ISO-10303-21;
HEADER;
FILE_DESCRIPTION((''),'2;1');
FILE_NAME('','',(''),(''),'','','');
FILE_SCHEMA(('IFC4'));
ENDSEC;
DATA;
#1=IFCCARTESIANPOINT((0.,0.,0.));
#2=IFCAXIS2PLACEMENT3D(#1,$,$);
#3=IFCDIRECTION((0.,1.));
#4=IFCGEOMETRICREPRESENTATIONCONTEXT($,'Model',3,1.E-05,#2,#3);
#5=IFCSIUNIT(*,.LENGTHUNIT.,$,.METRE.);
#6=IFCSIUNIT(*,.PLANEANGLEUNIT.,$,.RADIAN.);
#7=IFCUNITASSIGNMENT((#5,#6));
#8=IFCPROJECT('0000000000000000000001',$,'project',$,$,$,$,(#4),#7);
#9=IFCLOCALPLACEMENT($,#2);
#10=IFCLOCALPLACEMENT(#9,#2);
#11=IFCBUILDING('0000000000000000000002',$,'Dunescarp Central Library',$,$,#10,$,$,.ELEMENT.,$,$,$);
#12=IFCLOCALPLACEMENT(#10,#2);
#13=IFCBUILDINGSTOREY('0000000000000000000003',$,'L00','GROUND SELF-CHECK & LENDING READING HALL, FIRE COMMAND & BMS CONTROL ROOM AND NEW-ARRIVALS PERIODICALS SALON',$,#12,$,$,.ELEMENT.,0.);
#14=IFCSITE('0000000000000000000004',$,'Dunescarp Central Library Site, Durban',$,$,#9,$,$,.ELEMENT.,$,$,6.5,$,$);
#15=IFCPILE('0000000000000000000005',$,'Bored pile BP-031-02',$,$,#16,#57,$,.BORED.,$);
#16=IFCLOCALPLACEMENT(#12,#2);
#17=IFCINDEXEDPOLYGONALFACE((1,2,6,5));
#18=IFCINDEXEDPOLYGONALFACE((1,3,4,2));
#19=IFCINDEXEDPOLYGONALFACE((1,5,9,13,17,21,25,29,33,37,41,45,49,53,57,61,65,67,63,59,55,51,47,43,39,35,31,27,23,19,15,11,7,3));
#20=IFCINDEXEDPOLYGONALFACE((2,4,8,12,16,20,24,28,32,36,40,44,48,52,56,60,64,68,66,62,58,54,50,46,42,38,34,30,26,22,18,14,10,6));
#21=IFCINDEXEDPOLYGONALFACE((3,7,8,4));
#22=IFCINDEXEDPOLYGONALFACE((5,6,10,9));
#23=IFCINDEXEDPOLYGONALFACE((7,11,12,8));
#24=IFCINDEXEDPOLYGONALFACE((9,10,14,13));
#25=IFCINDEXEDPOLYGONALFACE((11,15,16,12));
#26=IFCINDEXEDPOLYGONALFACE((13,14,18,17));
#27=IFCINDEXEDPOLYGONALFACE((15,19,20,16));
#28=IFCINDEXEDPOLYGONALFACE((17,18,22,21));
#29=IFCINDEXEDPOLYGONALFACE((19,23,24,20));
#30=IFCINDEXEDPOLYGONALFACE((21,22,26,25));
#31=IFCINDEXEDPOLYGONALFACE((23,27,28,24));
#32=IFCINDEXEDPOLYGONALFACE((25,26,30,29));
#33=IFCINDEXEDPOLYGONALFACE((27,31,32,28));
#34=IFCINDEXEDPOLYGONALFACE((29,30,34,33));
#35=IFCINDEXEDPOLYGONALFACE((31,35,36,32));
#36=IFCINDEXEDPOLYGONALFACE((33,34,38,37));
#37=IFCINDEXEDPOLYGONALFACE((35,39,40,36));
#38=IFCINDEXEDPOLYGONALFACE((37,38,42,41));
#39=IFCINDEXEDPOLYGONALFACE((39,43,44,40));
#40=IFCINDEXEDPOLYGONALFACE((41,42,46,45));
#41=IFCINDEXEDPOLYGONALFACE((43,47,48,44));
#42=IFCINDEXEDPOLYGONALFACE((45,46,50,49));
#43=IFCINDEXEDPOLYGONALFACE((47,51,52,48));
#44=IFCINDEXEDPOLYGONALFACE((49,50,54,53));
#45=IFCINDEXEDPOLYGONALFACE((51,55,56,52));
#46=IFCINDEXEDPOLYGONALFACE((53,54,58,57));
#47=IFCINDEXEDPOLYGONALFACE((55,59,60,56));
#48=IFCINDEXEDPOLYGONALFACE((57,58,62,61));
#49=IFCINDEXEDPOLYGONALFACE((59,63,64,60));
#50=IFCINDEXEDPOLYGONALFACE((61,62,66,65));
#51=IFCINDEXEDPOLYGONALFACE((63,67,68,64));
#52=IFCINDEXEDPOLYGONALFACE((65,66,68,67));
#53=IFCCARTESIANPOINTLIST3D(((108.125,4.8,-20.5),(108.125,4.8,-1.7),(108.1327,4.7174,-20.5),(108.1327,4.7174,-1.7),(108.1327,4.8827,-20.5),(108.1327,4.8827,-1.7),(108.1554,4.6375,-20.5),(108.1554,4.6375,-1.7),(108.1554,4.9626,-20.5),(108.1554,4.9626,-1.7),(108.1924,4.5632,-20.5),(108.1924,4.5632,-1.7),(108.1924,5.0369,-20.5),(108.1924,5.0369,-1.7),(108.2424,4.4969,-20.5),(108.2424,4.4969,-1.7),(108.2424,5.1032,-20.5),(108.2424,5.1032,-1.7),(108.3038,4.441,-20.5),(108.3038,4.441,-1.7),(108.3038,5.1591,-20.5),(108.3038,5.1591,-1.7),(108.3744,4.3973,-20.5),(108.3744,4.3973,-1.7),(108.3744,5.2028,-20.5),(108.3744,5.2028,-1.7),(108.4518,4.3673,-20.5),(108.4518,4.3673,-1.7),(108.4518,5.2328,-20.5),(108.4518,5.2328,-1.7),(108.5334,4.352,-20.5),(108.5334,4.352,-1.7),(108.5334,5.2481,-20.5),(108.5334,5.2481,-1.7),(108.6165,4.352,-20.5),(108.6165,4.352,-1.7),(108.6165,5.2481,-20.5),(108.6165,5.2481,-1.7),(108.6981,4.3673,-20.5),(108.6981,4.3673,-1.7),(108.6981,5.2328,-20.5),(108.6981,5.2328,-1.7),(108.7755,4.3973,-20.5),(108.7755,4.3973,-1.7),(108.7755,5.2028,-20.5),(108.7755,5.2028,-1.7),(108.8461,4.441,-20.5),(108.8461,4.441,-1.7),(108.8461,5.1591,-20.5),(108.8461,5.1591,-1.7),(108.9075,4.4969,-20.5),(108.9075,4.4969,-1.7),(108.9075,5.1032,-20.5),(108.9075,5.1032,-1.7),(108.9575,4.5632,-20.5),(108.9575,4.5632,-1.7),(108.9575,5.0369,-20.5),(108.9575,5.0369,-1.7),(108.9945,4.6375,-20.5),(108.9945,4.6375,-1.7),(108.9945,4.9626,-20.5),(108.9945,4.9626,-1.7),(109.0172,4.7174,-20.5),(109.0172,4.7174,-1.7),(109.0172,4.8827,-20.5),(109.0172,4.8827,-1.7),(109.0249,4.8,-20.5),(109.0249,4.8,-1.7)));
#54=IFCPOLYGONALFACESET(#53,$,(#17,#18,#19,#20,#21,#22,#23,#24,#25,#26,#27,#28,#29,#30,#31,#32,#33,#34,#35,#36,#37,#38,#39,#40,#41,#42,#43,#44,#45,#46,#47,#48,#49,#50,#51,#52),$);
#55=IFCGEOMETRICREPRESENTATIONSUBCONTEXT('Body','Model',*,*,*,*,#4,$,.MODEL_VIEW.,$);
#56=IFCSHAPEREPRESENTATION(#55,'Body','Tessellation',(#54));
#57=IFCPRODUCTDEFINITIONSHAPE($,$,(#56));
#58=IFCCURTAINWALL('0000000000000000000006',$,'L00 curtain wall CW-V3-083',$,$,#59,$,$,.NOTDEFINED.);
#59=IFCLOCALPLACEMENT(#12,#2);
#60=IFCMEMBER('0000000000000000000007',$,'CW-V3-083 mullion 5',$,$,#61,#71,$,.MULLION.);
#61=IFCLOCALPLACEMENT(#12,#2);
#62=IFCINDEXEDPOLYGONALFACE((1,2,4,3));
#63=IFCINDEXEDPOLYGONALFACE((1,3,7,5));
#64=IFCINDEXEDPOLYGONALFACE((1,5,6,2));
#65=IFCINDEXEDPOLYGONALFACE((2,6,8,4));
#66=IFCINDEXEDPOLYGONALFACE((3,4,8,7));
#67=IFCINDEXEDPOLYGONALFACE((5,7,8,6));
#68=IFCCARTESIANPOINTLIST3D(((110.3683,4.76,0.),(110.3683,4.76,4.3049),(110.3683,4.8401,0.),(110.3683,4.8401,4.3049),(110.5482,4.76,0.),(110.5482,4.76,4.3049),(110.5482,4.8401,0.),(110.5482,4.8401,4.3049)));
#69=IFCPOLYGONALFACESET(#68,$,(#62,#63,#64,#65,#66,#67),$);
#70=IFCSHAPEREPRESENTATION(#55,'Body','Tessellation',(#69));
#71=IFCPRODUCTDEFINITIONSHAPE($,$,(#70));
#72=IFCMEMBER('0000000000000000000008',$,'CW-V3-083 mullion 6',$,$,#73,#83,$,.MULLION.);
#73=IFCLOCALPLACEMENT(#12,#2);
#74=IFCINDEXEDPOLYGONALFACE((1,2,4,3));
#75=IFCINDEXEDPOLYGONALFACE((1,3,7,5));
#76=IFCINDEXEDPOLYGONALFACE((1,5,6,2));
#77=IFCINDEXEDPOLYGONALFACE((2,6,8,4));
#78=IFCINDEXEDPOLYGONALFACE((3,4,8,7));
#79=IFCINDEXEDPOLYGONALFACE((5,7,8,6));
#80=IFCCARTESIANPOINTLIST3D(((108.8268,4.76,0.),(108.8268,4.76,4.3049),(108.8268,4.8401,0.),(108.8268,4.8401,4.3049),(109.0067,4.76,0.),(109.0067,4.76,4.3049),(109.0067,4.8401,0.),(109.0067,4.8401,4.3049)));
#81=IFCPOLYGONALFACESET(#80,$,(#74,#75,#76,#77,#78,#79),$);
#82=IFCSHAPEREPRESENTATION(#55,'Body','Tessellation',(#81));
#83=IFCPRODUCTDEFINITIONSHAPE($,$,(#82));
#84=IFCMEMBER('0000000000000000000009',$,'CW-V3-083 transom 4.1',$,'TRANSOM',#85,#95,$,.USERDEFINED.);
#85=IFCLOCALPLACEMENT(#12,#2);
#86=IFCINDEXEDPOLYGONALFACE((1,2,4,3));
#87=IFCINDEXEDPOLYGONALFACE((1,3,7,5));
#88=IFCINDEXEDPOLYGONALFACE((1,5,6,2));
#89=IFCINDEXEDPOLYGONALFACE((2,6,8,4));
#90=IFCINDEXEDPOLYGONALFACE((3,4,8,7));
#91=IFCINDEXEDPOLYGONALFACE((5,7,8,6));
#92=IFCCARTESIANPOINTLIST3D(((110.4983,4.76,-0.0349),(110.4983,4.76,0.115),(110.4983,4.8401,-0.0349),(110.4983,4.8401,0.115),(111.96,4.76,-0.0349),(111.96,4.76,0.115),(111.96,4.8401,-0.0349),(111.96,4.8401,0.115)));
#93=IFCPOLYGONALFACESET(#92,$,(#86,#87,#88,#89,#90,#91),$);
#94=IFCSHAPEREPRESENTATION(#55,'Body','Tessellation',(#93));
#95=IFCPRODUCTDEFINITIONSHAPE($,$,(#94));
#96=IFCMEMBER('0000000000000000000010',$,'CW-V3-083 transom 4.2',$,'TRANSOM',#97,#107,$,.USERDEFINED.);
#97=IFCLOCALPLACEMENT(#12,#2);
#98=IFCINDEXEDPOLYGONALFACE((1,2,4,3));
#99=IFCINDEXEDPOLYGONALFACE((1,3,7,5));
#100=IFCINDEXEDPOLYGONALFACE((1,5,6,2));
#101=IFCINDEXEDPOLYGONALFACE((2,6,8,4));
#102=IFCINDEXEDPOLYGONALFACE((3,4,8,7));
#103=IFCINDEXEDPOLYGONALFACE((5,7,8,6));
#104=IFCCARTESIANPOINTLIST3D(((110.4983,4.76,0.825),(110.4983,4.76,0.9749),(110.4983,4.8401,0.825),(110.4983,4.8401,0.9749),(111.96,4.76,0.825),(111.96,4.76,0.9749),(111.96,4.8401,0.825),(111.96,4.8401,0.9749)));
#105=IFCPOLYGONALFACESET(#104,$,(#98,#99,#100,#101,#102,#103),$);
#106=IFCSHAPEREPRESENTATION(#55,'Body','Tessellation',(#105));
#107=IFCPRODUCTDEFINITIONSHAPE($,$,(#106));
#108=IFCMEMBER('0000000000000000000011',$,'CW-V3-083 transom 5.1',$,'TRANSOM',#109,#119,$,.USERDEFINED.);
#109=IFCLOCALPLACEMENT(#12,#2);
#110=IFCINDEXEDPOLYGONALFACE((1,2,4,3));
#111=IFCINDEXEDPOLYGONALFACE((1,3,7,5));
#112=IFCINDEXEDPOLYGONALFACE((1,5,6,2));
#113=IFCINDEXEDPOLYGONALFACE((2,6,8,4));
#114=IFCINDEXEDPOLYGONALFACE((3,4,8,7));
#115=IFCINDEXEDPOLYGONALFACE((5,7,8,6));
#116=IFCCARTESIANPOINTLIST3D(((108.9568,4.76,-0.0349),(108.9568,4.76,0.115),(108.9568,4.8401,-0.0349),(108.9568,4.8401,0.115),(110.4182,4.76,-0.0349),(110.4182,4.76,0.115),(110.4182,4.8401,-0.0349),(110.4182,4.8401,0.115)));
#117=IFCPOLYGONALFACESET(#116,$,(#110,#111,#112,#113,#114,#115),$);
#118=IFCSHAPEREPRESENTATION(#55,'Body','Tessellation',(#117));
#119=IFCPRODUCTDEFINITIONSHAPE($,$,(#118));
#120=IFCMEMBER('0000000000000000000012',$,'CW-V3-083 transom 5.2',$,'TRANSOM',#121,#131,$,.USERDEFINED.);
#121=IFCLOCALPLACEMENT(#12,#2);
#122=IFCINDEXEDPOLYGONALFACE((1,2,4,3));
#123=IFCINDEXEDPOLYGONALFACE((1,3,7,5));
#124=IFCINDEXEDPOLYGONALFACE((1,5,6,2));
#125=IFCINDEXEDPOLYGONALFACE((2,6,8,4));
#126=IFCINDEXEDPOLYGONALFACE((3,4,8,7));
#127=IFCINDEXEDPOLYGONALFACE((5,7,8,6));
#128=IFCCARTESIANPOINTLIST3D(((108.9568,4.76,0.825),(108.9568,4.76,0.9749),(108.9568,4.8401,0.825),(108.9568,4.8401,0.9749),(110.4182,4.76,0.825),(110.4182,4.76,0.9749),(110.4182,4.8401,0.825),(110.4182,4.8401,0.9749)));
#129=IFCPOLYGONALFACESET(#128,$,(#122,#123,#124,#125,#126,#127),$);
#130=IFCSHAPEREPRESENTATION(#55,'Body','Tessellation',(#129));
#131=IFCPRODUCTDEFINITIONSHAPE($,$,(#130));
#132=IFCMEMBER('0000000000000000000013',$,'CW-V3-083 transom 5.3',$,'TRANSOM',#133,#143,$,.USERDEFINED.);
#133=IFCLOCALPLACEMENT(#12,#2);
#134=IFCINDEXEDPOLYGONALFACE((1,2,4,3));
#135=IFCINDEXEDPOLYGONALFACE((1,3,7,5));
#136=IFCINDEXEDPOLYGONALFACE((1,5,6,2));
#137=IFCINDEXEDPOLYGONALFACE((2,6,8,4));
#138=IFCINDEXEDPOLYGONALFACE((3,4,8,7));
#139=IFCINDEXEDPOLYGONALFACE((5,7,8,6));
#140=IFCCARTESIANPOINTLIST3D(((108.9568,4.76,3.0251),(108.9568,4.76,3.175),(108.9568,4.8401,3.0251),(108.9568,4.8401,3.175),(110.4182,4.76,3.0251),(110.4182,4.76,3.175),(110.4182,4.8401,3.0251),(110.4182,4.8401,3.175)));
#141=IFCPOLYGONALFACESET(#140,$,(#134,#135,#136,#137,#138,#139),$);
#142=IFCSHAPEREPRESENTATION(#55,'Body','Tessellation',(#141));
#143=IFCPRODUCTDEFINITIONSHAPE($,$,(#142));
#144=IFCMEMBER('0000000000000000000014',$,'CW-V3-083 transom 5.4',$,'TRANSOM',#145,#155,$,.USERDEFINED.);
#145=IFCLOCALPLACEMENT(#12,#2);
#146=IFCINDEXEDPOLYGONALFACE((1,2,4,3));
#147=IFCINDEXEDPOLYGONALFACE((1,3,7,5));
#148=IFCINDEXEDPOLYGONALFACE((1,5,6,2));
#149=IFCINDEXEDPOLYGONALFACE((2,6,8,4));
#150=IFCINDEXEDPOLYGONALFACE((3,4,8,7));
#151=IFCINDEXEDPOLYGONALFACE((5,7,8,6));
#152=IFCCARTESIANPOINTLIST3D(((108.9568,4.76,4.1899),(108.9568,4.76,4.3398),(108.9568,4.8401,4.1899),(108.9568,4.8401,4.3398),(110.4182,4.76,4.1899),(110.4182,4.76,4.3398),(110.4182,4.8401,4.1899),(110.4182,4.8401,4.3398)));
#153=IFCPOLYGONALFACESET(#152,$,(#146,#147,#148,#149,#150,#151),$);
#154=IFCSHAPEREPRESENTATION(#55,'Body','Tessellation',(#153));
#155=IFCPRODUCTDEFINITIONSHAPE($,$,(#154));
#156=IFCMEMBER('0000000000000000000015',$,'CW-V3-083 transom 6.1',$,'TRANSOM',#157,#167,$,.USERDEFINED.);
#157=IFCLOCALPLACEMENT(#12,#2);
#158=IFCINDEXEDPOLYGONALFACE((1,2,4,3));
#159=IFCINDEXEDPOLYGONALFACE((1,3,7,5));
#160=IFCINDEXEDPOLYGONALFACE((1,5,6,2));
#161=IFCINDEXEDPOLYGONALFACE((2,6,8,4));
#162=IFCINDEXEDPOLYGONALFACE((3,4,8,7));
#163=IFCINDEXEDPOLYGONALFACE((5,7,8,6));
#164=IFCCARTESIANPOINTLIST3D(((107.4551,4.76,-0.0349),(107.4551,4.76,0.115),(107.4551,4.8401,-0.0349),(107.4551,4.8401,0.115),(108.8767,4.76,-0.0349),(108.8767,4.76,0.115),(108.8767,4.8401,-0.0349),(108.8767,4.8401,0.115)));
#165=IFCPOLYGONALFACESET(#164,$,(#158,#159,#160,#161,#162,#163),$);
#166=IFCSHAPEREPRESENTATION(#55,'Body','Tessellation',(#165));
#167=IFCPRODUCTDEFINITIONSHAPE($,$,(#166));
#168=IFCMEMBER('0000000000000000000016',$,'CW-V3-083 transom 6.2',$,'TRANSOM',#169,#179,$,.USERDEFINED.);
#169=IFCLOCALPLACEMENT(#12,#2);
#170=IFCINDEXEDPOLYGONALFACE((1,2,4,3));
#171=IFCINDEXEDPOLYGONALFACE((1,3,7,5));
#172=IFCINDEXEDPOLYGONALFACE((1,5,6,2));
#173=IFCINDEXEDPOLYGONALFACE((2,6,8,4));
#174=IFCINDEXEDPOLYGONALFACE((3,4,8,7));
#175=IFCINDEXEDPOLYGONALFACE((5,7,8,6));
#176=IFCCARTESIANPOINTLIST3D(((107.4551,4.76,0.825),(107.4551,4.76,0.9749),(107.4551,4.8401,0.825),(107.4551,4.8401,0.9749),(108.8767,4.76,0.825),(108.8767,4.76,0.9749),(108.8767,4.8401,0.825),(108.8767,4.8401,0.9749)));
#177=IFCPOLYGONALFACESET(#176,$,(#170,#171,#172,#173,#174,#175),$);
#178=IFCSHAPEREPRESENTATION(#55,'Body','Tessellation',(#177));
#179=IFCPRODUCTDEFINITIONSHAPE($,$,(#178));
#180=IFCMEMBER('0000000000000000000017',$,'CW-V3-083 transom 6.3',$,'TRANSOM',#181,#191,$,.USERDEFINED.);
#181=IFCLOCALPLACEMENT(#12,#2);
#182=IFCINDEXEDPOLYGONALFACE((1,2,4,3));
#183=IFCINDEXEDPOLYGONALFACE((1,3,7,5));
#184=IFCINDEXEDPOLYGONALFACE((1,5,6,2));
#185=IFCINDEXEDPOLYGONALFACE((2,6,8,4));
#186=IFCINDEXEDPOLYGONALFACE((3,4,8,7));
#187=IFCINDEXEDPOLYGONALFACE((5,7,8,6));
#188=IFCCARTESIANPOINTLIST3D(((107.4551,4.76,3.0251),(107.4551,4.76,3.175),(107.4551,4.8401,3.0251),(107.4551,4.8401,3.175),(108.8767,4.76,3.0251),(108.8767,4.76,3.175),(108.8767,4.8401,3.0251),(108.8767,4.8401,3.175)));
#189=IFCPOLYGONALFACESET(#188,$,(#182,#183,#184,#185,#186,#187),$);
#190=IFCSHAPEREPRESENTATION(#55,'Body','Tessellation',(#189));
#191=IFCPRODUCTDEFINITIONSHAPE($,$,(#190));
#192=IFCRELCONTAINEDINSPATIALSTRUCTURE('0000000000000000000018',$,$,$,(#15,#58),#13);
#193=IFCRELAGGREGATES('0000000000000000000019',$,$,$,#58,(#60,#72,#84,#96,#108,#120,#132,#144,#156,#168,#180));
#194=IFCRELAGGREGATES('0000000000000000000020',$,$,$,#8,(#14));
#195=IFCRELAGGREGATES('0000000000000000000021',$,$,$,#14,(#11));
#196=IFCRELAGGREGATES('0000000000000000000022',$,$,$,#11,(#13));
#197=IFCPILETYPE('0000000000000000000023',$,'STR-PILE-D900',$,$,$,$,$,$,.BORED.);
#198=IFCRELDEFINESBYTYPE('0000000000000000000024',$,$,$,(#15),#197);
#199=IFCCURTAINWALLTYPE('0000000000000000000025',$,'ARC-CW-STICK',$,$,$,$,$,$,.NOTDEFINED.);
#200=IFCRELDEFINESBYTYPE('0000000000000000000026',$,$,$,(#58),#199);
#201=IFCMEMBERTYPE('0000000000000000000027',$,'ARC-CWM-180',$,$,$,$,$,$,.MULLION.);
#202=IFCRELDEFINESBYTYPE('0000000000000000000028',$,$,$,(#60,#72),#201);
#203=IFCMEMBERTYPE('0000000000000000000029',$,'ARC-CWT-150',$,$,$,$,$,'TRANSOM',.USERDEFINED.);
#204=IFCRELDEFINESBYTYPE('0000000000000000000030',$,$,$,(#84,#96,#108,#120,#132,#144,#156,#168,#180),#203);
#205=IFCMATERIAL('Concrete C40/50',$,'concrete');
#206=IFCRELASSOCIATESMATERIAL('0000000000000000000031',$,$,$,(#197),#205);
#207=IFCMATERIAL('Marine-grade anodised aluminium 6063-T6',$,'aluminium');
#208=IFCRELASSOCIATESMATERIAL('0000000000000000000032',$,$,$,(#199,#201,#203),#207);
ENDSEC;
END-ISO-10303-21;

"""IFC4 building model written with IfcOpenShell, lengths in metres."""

from ifc_helpers import new_model, si_unit, direction, frame, origin, origin_2d, place, context, subcontext, project, spatial, rectangle, circle, extrude, material, material_profile, profile_set, type_object, element, aggregate, save


model = new_model("IFC4")

# Units and contexts
model_context = context("Model", 3, precision=1e-05, world=origin(), true_north=direction((0.0, 1.0)))
body_context = subcontext(model_context, "Body", "Model", "MODEL_VIEW")
ifc_project = project(units=[si_unit("LENGTHUNIT", "METRE"), si_unit("PLANEANGLEUNIT", "RADIAN")], contexts=[model_context])

# Site, building, storey
site_placement = place(None, origin())
site = spatial("IfcSite", under=ifc_project, at=site_placement, Name="Dunescarp Central Library Site, Durban", CompositionType="ELEMENT", RefElevation=6.5)
building_placement = place(site_placement, origin())
building = spatial("IfcBuilding", under=site, at=building_placement, Name="Dunescarp Central Library", CompositionType="ELEMENT")
storey_placement = place(building_placement, origin())
storey = spatial("IfcBuildingStorey", under=building, at=storey_placement, Name="L00", Description="GROUND SELF-CHECK & LENDING READING HALL, FIRE COMMAND & BMS CONTROL ROOM AND NEW-ARRIVALS PERIODICALS SALON", CompositionType="ELEMENT", Elevation=0.0)

# Pile
ifc_material_1 = material(Name="Concrete C40/50", Category="concrete")
ifc_material_profile_1 = material_profile(ifc_material_1, circle(Radius=0.45, at=origin_2d()), Name="PILE D900")
ifc_profile_set_1 = profile_set([ifc_material_profile_1], Name="Concrete C40/50")
pile_type = type_object("IfcPileType", Name="STR-PILE-D900", PredefinedType="BORED", material=ifc_profile_set_1)
pile_placement = place(storey_placement, frame((108.575, 4.8, -1.7), z_axis=(0.0, 0.0, -1.0), x_axis=(1.0, 0.0, 0.0)))
element("IfcPile", 1, at=pile_placement, inside=storey, type_object=pile_type, Name="Bored pile BP-031-02", PredefinedType="BORED", context=body_context, shape_type="SweptSolid", body=[
    extrude(circle(Radius=0.45, at=origin_2d()), origin(), (0.0, 0.0, 1.0), 18.8),
])

# Curtain wall, members
ifc_material_2 = material(Name="Marine-grade anodised aluminium 6063-T6", Category="aluminium")
curtain_wall_type = type_object("IfcCurtainWallType", Name="ARC-CW-STICK", PredefinedType="NOTDEFINED", material=ifc_material_2)
curtain_wall_placement = place(storey_placement, origin())
curtain_wall = element("IfcCurtainWall", 2, at=curtain_wall_placement, inside=storey, type_object=curtain_wall_type, Name="L00 curtain wall CW-V3-083", PredefinedType="NOTDEFINED")
ifc_material_profile_2 = material_profile(ifc_material_2, rectangle(XDim=0.0801, YDim=0.1799, at=origin_2d()), Name="AL 80x180")
ifc_profile_set_2 = profile_set([ifc_material_profile_2], Name="Marine-grade anodised aluminium 6063-T6")
member_type_1 = type_object("IfcMemberType", Name="ARC-CWM-180", PredefinedType="MULLION", material=ifc_profile_set_2)
member_1_placement = place(storey_placement, frame((110.4583, 4.8, 0.0), z_axis=(0.0, 0.0, 1.0), x_axis=(0.0, -1.0, 0.0)))
member_1 = element("IfcMember", 3, at=member_1_placement, type_object=member_type_1, Name="CW-V3-083 mullion 5", PredefinedType="MULLION", context=body_context, shape_type="SweptSolid", body=[
    extrude(rectangle(XDim=0.0801, YDim=0.1799, at=origin_2d()), origin(), (0.0, 0.0, 1.0), 4.3049),
])
member_2_placement = place(storey_placement, frame((108.9167, 4.8, 0.0), z_axis=(0.0, 0.0, 1.0), x_axis=(0.0, -1.0, 0.0)))
member_2 = element("IfcMember", 4, at=member_2_placement, type_object=member_type_1, Name="CW-V3-083 mullion 6", PredefinedType="MULLION", context=body_context, shape_type="SweptSolid", body=[
    extrude(rectangle(XDim=0.0801, YDim=0.1799, at=origin_2d()), origin(), (0.0, 0.0, 1.0), 4.3049),
])
ifc_material_profile_3 = material_profile(ifc_material_2, rectangle(XDim=0.0801, YDim=0.1499, at=origin_2d()), Name="AL 80x150")
ifc_profile_set_3 = profile_set([ifc_material_profile_3], Name="Marine-grade anodised aluminium 6063-T6")
member_type_2 = type_object("IfcMemberType", Name="ARC-CWT-150", ElementType="TRANSOM", PredefinedType="USERDEFINED", material=ifc_profile_set_3)
member_3_placement = place(storey_placement, frame((111.96, 4.8, 0.04), z_axis=(-1.0, 0.0, 0.0), x_axis=(0.0, -1.0, 0.0)))
member_3 = element("IfcMember", 5, at=member_3_placement, type_object=member_type_2, Name="CW-V3-083 transom 4.1", ObjectType="TRANSOM", PredefinedType="USERDEFINED", context=body_context, shape_type="SweptSolid", body=[
    extrude(rectangle(XDim=0.0801, YDim=0.1499, at=origin_2d()), origin(), (0.0, 0.0, 1.0), 1.4617),
])
member_4_placement = place(storey_placement, frame((111.96, 4.8, 0.8999), z_axis=(-1.0, 0.0, 0.0), x_axis=(0.0, -1.0, 0.0)))
member_4 = element("IfcMember", 6, at=member_4_placement, type_object=member_type_2, Name="CW-V3-083 transom 4.2", ObjectType="TRANSOM", PredefinedType="USERDEFINED", context=body_context, shape_type="SweptSolid", body=[
    extrude(rectangle(XDim=0.0801, YDim=0.1499, at=origin_2d()), origin(), (0.0, 0.0, 1.0), 1.4617),
])
member_5_placement = place(storey_placement, frame((110.4182, 4.8, 0.04), z_axis=(-1.0, 0.0, 0.0), x_axis=(0.0, -1.0, 0.0)))
member_5 = element("IfcMember", 7, at=member_5_placement, type_object=member_type_2, Name="CW-V3-083 transom 5.1", ObjectType="TRANSOM", PredefinedType="USERDEFINED", context=body_context, shape_type="SweptSolid", body=[
    extrude(rectangle(XDim=0.0801, YDim=0.1499, at=origin_2d()), origin(), (0.0, 0.0, 1.0), 1.4614),
])
member_6_placement = place(storey_placement, frame((110.4182, 4.8, 0.8999), z_axis=(-1.0, 0.0, 0.0), x_axis=(0.0, -1.0, 0.0)))
member_6 = element("IfcMember", 8, at=member_6_placement, type_object=member_type_2, Name="CW-V3-083 transom 5.2", ObjectType="TRANSOM", PredefinedType="USERDEFINED", context=body_context, shape_type="SweptSolid", body=[
    extrude(rectangle(XDim=0.0801, YDim=0.1499, at=origin_2d()), origin(), (0.0, 0.0, 1.0), 1.4614),
])
member_7_placement = place(storey_placement, frame((110.4182, 4.8, 3.1001), z_axis=(-1.0, 0.0, 0.0), x_axis=(0.0, -1.0, 0.0)))
member_7 = element("IfcMember", 9, at=member_7_placement, type_object=member_type_2, Name="CW-V3-083 transom 5.3", ObjectType="TRANSOM", PredefinedType="USERDEFINED", context=body_context, shape_type="SweptSolid", body=[
    extrude(rectangle(XDim=0.0801, YDim=0.1499, at=origin_2d()), origin(), (0.0, 0.0, 1.0), 1.4614),
])
member_8_placement = place(storey_placement, frame((110.4182, 4.8, 4.2649), z_axis=(-1.0, 0.0, 0.0), x_axis=(0.0, -1.0, 0.0)))
member_8 = element("IfcMember", 10, at=member_8_placement, type_object=member_type_2, Name="CW-V3-083 transom 5.4", ObjectType="TRANSOM", PredefinedType="USERDEFINED", context=body_context, shape_type="SweptSolid", body=[
    extrude(rectangle(XDim=0.0801, YDim=0.1499, at=origin_2d()), origin(), (0.0, 0.0, 1.0), 1.4614),
])
member_9_placement = place(storey_placement, frame((108.8767, 4.8, 0.04), z_axis=(-1.0, 0.0, 0.0), x_axis=(0.0, -1.0, 0.0)))
member_9 = element("IfcMember", 11, at=member_9_placement, type_object=member_type_2, Name="CW-V3-083 transom 6.1", ObjectType="TRANSOM", PredefinedType="USERDEFINED", context=body_context, shape_type="SweptSolid", body=[
    extrude(rectangle(XDim=0.0801, YDim=0.1499, at=origin_2d()), origin(), (0.0, 0.0, 1.0), 1.4216),
])
member_10_placement = place(storey_placement, frame((108.8767, 4.8, 0.8999), z_axis=(-1.0, 0.0, 0.0), x_axis=(0.0, -1.0, 0.0)))
member_10 = element("IfcMember", 12, at=member_10_placement, type_object=member_type_2, Name="CW-V3-083 transom 6.2", ObjectType="TRANSOM", PredefinedType="USERDEFINED", context=body_context, shape_type="SweptSolid", body=[
    extrude(rectangle(XDim=0.0801, YDim=0.1499, at=origin_2d()), origin(), (0.0, 0.0, 1.0), 1.4216),
])
member_11_placement = place(storey_placement, frame((108.8767, 4.8, 3.1001), z_axis=(-1.0, 0.0, 0.0), x_axis=(0.0, -1.0, 0.0)))
member_11 = element("IfcMember", 13, at=member_11_placement, type_object=member_type_2, Name="CW-V3-083 transom 6.3", ObjectType="TRANSOM", PredefinedType="USERDEFINED", context=body_context, shape_type="SweptSolid", body=[
    extrude(rectangle(XDim=0.0801, YDim=0.1499, at=origin_2d()), origin(), (0.0, 0.0, 1.0), 1.4216),
])
aggregate(curtain_wall, [member_1, member_2, member_3, member_4, member_5, member_6, member_7, member_8, member_9, member_10, member_11])

save(model, "model.ifc")
